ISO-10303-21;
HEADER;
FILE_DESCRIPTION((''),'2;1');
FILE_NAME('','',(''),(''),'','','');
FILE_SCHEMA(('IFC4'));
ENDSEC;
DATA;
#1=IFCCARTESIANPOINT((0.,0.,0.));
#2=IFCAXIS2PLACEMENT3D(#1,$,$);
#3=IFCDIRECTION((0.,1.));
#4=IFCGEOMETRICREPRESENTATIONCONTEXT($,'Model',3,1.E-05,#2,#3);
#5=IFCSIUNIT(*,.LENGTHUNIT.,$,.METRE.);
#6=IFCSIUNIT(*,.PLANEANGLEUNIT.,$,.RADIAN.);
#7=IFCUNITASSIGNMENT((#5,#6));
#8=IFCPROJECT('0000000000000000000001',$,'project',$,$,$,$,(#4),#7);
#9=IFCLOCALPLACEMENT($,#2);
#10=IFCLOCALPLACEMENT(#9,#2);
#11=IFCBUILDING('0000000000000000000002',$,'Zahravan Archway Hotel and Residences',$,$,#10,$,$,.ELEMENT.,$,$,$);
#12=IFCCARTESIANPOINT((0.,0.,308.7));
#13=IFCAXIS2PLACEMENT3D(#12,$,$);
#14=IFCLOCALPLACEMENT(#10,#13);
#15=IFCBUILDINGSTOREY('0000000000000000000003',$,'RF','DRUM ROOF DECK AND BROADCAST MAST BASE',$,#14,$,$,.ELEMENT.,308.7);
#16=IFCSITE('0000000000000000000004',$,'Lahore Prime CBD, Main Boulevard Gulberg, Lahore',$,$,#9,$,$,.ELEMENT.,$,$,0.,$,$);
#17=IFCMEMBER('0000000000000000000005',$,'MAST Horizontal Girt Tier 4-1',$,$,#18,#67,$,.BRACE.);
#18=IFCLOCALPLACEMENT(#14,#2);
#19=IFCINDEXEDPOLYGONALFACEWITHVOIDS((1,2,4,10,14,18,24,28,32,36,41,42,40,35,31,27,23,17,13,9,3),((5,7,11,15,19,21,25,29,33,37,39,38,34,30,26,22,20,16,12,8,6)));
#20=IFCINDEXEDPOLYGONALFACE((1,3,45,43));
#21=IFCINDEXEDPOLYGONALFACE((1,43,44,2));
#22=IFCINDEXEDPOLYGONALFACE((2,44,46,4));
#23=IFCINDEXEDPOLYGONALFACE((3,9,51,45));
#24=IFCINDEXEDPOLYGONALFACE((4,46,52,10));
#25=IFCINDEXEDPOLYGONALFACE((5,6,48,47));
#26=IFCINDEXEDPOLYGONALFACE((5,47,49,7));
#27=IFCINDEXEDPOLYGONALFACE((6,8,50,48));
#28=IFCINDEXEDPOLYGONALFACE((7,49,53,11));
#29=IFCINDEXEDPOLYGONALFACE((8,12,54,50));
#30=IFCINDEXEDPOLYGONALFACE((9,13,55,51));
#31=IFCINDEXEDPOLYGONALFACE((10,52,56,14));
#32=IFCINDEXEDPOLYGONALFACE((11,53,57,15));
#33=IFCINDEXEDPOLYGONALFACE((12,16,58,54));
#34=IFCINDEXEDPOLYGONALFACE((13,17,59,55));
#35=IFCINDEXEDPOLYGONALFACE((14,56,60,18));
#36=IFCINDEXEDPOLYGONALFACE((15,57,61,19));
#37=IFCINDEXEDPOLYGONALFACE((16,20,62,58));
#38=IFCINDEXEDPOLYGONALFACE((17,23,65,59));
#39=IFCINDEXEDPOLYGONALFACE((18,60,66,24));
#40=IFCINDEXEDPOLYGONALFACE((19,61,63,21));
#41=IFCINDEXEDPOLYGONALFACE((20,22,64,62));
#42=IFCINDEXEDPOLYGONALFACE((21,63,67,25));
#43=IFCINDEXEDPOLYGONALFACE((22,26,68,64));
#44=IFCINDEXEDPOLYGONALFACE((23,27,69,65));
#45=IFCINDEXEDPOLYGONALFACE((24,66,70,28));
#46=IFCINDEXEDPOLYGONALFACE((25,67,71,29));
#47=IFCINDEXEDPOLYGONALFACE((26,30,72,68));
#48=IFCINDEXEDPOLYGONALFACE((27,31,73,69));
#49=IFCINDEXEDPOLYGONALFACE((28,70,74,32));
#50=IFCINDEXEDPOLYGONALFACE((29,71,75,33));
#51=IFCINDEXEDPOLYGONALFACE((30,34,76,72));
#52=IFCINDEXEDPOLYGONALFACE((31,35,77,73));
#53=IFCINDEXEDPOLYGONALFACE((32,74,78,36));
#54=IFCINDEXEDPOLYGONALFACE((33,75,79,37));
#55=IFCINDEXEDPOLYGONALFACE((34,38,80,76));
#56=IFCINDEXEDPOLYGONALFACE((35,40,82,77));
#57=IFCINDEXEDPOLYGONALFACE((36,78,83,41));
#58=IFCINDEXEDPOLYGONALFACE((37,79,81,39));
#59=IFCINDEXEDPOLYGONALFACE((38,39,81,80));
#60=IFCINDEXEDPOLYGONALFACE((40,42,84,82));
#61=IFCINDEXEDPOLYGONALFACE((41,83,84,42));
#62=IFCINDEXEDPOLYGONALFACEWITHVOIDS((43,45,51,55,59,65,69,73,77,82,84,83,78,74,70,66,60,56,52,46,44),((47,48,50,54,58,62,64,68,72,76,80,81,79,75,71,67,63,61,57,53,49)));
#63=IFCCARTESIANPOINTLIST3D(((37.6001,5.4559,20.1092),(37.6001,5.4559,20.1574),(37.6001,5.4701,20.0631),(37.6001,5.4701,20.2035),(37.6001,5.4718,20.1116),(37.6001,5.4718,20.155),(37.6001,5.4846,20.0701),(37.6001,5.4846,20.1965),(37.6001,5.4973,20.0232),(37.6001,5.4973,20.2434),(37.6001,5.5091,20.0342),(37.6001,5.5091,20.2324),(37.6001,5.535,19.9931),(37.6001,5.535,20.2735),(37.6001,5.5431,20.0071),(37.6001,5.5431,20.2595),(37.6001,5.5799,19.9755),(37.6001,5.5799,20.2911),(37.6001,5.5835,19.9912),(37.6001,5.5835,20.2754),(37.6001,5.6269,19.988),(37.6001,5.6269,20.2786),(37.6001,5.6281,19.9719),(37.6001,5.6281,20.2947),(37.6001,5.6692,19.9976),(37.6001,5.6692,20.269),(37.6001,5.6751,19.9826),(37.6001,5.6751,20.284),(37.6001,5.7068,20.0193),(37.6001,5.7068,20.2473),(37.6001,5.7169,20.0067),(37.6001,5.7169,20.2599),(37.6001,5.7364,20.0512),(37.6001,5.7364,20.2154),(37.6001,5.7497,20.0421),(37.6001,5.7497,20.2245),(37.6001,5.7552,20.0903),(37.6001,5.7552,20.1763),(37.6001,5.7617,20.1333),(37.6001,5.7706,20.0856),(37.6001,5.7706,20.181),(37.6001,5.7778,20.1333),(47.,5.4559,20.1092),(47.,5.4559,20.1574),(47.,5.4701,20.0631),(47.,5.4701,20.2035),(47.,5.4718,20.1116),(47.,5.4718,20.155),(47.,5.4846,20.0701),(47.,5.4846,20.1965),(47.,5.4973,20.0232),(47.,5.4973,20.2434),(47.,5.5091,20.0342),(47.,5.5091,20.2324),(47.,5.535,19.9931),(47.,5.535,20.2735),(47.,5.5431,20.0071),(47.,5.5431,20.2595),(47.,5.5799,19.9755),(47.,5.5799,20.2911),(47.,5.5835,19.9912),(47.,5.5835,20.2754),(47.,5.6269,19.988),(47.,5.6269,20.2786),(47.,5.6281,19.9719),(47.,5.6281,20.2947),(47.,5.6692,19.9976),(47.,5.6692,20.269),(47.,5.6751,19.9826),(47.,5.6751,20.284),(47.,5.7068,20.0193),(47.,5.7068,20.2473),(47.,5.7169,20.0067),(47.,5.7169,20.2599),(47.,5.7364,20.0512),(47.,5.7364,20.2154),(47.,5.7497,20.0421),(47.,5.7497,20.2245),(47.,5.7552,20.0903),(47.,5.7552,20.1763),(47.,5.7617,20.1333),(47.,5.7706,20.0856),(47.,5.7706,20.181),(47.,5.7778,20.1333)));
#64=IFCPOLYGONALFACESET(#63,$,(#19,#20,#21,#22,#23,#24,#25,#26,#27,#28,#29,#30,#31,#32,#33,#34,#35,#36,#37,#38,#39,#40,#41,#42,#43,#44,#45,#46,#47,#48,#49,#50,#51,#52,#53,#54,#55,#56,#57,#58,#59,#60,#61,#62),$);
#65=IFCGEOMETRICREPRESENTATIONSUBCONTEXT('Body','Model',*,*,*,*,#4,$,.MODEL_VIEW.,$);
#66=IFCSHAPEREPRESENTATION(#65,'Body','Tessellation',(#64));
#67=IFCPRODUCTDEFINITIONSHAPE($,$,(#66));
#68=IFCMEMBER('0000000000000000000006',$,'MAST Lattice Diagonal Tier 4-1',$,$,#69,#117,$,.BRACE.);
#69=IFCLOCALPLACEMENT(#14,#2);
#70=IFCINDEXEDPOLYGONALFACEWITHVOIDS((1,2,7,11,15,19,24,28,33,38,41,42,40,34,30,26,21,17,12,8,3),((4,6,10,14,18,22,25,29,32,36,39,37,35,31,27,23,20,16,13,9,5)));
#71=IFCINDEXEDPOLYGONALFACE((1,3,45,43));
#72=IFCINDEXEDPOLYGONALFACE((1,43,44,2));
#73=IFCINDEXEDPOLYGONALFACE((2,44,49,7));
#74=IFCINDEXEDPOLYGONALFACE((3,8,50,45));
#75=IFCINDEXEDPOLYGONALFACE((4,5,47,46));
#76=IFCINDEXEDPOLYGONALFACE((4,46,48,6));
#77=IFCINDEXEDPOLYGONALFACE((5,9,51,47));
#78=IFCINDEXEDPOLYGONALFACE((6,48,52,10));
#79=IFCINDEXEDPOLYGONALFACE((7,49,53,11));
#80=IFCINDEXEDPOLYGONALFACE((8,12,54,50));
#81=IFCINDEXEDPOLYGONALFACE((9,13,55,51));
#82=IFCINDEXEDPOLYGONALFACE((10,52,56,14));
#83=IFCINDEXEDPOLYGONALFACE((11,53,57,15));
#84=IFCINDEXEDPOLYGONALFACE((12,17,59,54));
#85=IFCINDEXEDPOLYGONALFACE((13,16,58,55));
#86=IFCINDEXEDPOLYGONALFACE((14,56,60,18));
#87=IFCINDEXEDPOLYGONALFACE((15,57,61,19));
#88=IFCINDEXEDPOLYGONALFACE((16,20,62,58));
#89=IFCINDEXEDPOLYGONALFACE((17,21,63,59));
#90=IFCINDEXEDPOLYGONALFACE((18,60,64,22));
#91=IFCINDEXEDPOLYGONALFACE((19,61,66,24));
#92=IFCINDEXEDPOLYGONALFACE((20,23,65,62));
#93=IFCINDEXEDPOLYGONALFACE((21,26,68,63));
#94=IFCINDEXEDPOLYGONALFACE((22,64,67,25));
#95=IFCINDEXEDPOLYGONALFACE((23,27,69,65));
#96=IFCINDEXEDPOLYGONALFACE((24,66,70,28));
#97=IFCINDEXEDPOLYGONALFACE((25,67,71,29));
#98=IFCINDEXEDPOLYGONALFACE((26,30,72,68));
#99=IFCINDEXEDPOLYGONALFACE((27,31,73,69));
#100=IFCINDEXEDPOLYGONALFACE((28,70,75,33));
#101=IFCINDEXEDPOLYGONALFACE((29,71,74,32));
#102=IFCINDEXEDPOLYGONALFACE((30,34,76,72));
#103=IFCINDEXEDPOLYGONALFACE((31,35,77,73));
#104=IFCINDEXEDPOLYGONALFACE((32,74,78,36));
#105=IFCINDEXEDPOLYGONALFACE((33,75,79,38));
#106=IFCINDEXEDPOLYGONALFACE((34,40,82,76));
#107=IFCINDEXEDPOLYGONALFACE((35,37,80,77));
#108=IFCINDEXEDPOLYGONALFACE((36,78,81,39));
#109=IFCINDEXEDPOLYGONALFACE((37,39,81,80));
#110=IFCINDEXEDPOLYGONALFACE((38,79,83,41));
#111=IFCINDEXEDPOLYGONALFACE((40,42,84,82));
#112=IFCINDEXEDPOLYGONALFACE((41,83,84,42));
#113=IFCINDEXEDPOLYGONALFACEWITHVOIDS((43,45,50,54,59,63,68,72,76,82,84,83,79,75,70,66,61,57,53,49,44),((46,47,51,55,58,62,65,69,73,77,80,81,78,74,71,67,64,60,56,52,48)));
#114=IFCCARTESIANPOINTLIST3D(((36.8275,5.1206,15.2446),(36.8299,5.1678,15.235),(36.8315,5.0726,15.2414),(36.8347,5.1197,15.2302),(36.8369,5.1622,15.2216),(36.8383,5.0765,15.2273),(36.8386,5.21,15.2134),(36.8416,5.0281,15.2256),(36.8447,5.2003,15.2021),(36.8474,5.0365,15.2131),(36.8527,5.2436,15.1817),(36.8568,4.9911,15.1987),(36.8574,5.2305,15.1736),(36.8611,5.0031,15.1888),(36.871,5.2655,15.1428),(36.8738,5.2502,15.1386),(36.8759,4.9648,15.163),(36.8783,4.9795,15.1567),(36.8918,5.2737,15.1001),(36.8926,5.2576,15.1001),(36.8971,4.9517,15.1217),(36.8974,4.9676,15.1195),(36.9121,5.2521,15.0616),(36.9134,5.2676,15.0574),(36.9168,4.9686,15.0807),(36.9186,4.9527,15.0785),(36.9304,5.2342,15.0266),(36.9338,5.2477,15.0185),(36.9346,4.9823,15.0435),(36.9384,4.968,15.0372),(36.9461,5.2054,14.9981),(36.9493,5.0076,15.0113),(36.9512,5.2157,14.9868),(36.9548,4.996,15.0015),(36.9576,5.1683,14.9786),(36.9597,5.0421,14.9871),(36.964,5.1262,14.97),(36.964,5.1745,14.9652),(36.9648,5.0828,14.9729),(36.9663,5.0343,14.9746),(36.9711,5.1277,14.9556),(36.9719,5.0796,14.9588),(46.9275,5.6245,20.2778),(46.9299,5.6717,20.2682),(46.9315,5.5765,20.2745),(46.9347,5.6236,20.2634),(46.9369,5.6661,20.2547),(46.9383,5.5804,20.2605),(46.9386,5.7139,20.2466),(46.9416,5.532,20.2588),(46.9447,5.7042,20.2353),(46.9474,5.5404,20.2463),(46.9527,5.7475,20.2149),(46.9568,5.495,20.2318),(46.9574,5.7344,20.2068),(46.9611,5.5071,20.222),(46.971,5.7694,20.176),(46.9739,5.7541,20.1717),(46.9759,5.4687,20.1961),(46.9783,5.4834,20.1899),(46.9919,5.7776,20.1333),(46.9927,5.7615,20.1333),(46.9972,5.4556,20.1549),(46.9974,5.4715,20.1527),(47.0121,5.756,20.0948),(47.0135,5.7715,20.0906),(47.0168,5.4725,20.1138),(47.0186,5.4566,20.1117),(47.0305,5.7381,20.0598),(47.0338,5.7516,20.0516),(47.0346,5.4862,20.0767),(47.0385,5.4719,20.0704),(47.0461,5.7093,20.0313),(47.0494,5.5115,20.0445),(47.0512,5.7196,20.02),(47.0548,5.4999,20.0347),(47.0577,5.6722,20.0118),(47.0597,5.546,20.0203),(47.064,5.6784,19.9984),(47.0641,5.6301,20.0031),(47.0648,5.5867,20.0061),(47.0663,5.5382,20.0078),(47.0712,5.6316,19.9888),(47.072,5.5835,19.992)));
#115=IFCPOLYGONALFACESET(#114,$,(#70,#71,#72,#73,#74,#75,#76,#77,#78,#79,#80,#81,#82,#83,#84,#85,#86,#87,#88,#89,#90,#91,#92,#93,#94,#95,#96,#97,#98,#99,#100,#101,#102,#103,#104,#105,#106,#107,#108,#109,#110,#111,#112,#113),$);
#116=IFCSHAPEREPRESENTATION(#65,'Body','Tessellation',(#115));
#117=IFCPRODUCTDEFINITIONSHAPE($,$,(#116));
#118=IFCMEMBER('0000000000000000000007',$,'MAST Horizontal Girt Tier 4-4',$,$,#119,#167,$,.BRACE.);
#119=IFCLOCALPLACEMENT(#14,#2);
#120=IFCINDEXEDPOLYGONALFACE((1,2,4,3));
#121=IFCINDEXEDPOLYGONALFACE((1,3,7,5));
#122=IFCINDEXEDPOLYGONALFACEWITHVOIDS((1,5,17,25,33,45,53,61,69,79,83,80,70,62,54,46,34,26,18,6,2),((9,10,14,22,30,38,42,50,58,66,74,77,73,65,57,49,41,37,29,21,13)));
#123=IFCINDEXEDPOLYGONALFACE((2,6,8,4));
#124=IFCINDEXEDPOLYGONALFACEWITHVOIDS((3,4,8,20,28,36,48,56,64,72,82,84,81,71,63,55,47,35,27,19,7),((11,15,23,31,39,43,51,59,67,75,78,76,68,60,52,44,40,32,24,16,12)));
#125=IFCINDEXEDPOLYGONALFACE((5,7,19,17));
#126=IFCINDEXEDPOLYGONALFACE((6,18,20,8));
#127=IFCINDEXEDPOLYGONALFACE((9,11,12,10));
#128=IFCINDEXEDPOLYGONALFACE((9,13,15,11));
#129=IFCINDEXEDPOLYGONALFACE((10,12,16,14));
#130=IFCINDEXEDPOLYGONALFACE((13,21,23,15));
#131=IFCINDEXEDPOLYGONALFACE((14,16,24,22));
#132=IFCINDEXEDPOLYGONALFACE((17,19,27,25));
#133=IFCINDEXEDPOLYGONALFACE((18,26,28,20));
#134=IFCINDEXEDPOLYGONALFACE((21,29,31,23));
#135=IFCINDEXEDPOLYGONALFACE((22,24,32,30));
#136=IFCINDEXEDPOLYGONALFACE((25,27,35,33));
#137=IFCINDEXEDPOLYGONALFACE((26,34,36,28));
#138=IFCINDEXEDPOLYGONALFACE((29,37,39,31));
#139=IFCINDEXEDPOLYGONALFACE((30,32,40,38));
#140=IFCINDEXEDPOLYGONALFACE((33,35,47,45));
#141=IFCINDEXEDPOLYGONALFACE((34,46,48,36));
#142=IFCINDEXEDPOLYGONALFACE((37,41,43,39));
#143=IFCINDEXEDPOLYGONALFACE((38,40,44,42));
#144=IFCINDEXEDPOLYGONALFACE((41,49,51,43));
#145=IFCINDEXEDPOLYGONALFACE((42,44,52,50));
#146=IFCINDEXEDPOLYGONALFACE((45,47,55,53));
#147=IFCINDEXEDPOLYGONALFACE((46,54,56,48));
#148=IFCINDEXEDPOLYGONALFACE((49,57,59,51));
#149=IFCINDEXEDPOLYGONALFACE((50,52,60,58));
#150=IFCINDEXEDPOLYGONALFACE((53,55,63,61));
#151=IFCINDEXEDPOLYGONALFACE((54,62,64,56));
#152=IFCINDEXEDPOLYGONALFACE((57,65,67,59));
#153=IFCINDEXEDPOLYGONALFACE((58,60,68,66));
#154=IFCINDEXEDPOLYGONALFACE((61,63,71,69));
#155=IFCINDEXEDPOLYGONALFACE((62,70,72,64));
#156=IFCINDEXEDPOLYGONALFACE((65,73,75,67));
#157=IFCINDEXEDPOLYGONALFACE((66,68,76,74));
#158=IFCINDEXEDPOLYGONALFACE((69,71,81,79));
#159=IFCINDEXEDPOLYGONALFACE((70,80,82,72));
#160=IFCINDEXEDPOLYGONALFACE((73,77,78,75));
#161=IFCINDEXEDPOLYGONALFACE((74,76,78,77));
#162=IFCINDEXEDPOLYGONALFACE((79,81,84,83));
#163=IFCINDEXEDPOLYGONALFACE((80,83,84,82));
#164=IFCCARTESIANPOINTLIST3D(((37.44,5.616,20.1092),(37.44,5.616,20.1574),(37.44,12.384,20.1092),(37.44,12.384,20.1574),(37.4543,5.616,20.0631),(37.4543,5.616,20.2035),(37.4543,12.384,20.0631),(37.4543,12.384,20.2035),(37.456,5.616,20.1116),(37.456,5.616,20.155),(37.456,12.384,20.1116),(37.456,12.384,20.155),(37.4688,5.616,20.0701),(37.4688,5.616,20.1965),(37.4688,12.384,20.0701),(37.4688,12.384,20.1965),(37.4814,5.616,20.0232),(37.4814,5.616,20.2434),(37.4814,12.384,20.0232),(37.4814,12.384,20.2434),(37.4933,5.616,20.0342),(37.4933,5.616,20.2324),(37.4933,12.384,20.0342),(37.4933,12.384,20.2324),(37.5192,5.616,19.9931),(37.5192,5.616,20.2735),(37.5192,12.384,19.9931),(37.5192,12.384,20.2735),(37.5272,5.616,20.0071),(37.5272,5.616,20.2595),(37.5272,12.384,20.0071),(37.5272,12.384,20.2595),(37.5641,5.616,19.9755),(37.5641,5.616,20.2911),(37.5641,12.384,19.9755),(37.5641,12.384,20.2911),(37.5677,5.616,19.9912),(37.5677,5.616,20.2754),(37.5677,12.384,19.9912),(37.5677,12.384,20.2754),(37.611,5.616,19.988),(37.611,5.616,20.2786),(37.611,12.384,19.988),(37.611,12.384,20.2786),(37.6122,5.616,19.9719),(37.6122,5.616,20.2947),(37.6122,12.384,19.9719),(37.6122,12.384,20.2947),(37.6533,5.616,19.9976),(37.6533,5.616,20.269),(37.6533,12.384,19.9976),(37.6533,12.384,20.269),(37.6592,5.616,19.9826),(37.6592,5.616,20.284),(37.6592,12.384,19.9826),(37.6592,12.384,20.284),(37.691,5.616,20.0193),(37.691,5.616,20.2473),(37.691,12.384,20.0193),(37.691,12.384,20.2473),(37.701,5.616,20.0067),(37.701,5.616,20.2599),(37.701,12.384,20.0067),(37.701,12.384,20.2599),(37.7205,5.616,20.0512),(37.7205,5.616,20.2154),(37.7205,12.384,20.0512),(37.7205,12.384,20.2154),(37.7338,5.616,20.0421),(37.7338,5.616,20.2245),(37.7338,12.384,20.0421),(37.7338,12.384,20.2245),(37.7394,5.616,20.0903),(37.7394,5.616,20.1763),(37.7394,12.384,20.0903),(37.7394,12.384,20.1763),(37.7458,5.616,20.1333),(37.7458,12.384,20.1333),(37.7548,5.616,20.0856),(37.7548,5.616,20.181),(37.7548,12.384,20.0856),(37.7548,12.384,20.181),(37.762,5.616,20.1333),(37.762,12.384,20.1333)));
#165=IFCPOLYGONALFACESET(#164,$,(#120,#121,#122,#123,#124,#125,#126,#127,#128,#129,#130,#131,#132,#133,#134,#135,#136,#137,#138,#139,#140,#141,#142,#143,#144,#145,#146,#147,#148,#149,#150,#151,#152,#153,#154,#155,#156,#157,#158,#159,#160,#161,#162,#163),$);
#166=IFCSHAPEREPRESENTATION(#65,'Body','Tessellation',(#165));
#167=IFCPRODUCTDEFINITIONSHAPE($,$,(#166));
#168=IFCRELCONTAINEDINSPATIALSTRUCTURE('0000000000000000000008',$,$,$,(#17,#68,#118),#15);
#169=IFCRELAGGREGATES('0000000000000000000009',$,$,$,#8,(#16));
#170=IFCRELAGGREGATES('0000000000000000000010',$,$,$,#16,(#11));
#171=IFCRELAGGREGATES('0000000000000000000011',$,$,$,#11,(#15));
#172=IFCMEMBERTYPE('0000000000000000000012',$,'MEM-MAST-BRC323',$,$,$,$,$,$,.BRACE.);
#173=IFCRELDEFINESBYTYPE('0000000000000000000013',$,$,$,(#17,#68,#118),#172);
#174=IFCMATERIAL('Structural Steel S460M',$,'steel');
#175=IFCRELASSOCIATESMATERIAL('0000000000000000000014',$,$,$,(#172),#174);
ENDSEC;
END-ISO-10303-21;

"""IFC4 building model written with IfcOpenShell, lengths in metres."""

from ifc_helpers import new_model, si_unit, direction, frame, origin, origin_2d, place, context, subcontext, project, spatial, hollow_circle, extrude, source, transform, mapped, material, material_profile, profile_set, type_object, element, save


model = new_model("IFC4")

# Units and contexts
model_context = context("Model", 3, precision=1e-05, world=origin(), true_north=direction((0.0, 1.0)))
body_context = subcontext(model_context, "Body", "Model", "MODEL_VIEW")
ifc_project = project(units=[si_unit("LENGTHUNIT", "METRE"), si_unit("PLANEANGLEUNIT", "RADIAN")], contexts=[model_context])

# Site, building, storey
site_placement = place(None, origin())
site = spatial("IfcSite", under=ifc_project, at=site_placement, Name="Lahore Prime CBD, Main Boulevard Gulberg, Lahore", CompositionType="ELEMENT", RefElevation=0.0)
building_placement = place(site_placement, origin())
building = spatial("IfcBuilding", under=site, at=building_placement, Name="Zahravan Archway Hotel and Residences", CompositionType="ELEMENT")
storey_placement = place(building_placement, frame((0.0, 0.0, 308.7)))
storey = spatial("IfcBuildingStorey", under=building, at=storey_placement, Name="RF", Description="DRUM ROOF DECK AND BROADCAST MAST BASE", CompositionType="ELEMENT", Elevation=308.7)

# Members
ifc_material_1 = material(Name="Structural Steel S460M", Category="steel")
ifc_material_profile_1 = material_profile(ifc_material_1, hollow_circle(Radius=0.1619, WallThickness=0.0161, at=origin_2d()), Name="CHS 323.9x16", Category="steel")
ifc_profile_set_1 = profile_set([ifc_material_profile_1], Name="Structural Steel S460M")
member_type_1 = type_object("IfcMemberType", Name="MEM-MAST-BRC323", PredefinedType="BRACE", material=ifc_profile_set_1)
shared_shape_1 = source(origin(), body_context, "Body", "SweptSolid", [
    extrude(hollow_circle(Radius=0.1619, WallThickness=0.0161, at=origin_2d()), origin(), (0.0, 0.0, 1.0), 9.3999),
])
member_1_placement = place(storey_placement, frame((37.6001, 5.616, 20.1333), z_axis=(1.0, 0.0, 0.0), x_axis=(0.0, 1.0, 0.0)))
element("IfcMember", 1, at=member_1_placement, inside=storey, type_object=member_type_1, Name="MAST Horizontal Girt Tier 4-1", PredefinedType="BRACE", context=body_context, shape_type="MappedRepresentation", body=[
    mapped(shared_shape_1, transform((0.0, 0.0, 0.0), scale=1.0)),
])
shared_shape_2 = source(origin(), body_context, "Body", "SweptSolid", [
    extrude(hollow_circle(Radius=0.1619, WallThickness=0.0161, at=origin_2d()), origin(), (0.0, 0.0, 1.0), 11.2959),
])
member_2_placement = place(storey_placement, frame((36.8999, 5.1121, 15.1001), z_axis=(0.894133, 0.044609, 0.445575), x_axis=(-0.049829, 0.998758, 0.0)))
element("IfcMember", 2, at=member_2_placement, inside=storey, type_object=member_type_1, Name="MAST Lattice Diagonal Tier 4-1", PredefinedType="BRACE", context=body_context, shape_type="MappedRepresentation", body=[
    mapped(shared_shape_2, transform((0.0, 0.0, 0.0), scale=1.0)),
])
shared_shape_3 = source(origin(), body_context, "Body", "SweptSolid", [
    extrude(hollow_circle(Radius=0.1619, WallThickness=0.0161, at=origin_2d()), origin(), (0.0, 0.0, 1.0), 6.7681),
])
member_3_placement = place(storey_placement, frame((37.6001, 12.384, 20.1333), z_axis=(0.0, -1.0, 0.0), x_axis=(1.0, 0.0, 0.0)))
element("IfcMember", 3, at=member_3_placement, inside=storey, type_object=member_type_1, Name="MAST Horizontal Girt Tier 4-4", PredefinedType="BRACE", context=body_context, shape_type="MappedRepresentation", body=[
    mapped(shared_shape_3, transform((0.0, 0.0, 0.0), scale=1.0)),
])

save(model, "model.ifc")
